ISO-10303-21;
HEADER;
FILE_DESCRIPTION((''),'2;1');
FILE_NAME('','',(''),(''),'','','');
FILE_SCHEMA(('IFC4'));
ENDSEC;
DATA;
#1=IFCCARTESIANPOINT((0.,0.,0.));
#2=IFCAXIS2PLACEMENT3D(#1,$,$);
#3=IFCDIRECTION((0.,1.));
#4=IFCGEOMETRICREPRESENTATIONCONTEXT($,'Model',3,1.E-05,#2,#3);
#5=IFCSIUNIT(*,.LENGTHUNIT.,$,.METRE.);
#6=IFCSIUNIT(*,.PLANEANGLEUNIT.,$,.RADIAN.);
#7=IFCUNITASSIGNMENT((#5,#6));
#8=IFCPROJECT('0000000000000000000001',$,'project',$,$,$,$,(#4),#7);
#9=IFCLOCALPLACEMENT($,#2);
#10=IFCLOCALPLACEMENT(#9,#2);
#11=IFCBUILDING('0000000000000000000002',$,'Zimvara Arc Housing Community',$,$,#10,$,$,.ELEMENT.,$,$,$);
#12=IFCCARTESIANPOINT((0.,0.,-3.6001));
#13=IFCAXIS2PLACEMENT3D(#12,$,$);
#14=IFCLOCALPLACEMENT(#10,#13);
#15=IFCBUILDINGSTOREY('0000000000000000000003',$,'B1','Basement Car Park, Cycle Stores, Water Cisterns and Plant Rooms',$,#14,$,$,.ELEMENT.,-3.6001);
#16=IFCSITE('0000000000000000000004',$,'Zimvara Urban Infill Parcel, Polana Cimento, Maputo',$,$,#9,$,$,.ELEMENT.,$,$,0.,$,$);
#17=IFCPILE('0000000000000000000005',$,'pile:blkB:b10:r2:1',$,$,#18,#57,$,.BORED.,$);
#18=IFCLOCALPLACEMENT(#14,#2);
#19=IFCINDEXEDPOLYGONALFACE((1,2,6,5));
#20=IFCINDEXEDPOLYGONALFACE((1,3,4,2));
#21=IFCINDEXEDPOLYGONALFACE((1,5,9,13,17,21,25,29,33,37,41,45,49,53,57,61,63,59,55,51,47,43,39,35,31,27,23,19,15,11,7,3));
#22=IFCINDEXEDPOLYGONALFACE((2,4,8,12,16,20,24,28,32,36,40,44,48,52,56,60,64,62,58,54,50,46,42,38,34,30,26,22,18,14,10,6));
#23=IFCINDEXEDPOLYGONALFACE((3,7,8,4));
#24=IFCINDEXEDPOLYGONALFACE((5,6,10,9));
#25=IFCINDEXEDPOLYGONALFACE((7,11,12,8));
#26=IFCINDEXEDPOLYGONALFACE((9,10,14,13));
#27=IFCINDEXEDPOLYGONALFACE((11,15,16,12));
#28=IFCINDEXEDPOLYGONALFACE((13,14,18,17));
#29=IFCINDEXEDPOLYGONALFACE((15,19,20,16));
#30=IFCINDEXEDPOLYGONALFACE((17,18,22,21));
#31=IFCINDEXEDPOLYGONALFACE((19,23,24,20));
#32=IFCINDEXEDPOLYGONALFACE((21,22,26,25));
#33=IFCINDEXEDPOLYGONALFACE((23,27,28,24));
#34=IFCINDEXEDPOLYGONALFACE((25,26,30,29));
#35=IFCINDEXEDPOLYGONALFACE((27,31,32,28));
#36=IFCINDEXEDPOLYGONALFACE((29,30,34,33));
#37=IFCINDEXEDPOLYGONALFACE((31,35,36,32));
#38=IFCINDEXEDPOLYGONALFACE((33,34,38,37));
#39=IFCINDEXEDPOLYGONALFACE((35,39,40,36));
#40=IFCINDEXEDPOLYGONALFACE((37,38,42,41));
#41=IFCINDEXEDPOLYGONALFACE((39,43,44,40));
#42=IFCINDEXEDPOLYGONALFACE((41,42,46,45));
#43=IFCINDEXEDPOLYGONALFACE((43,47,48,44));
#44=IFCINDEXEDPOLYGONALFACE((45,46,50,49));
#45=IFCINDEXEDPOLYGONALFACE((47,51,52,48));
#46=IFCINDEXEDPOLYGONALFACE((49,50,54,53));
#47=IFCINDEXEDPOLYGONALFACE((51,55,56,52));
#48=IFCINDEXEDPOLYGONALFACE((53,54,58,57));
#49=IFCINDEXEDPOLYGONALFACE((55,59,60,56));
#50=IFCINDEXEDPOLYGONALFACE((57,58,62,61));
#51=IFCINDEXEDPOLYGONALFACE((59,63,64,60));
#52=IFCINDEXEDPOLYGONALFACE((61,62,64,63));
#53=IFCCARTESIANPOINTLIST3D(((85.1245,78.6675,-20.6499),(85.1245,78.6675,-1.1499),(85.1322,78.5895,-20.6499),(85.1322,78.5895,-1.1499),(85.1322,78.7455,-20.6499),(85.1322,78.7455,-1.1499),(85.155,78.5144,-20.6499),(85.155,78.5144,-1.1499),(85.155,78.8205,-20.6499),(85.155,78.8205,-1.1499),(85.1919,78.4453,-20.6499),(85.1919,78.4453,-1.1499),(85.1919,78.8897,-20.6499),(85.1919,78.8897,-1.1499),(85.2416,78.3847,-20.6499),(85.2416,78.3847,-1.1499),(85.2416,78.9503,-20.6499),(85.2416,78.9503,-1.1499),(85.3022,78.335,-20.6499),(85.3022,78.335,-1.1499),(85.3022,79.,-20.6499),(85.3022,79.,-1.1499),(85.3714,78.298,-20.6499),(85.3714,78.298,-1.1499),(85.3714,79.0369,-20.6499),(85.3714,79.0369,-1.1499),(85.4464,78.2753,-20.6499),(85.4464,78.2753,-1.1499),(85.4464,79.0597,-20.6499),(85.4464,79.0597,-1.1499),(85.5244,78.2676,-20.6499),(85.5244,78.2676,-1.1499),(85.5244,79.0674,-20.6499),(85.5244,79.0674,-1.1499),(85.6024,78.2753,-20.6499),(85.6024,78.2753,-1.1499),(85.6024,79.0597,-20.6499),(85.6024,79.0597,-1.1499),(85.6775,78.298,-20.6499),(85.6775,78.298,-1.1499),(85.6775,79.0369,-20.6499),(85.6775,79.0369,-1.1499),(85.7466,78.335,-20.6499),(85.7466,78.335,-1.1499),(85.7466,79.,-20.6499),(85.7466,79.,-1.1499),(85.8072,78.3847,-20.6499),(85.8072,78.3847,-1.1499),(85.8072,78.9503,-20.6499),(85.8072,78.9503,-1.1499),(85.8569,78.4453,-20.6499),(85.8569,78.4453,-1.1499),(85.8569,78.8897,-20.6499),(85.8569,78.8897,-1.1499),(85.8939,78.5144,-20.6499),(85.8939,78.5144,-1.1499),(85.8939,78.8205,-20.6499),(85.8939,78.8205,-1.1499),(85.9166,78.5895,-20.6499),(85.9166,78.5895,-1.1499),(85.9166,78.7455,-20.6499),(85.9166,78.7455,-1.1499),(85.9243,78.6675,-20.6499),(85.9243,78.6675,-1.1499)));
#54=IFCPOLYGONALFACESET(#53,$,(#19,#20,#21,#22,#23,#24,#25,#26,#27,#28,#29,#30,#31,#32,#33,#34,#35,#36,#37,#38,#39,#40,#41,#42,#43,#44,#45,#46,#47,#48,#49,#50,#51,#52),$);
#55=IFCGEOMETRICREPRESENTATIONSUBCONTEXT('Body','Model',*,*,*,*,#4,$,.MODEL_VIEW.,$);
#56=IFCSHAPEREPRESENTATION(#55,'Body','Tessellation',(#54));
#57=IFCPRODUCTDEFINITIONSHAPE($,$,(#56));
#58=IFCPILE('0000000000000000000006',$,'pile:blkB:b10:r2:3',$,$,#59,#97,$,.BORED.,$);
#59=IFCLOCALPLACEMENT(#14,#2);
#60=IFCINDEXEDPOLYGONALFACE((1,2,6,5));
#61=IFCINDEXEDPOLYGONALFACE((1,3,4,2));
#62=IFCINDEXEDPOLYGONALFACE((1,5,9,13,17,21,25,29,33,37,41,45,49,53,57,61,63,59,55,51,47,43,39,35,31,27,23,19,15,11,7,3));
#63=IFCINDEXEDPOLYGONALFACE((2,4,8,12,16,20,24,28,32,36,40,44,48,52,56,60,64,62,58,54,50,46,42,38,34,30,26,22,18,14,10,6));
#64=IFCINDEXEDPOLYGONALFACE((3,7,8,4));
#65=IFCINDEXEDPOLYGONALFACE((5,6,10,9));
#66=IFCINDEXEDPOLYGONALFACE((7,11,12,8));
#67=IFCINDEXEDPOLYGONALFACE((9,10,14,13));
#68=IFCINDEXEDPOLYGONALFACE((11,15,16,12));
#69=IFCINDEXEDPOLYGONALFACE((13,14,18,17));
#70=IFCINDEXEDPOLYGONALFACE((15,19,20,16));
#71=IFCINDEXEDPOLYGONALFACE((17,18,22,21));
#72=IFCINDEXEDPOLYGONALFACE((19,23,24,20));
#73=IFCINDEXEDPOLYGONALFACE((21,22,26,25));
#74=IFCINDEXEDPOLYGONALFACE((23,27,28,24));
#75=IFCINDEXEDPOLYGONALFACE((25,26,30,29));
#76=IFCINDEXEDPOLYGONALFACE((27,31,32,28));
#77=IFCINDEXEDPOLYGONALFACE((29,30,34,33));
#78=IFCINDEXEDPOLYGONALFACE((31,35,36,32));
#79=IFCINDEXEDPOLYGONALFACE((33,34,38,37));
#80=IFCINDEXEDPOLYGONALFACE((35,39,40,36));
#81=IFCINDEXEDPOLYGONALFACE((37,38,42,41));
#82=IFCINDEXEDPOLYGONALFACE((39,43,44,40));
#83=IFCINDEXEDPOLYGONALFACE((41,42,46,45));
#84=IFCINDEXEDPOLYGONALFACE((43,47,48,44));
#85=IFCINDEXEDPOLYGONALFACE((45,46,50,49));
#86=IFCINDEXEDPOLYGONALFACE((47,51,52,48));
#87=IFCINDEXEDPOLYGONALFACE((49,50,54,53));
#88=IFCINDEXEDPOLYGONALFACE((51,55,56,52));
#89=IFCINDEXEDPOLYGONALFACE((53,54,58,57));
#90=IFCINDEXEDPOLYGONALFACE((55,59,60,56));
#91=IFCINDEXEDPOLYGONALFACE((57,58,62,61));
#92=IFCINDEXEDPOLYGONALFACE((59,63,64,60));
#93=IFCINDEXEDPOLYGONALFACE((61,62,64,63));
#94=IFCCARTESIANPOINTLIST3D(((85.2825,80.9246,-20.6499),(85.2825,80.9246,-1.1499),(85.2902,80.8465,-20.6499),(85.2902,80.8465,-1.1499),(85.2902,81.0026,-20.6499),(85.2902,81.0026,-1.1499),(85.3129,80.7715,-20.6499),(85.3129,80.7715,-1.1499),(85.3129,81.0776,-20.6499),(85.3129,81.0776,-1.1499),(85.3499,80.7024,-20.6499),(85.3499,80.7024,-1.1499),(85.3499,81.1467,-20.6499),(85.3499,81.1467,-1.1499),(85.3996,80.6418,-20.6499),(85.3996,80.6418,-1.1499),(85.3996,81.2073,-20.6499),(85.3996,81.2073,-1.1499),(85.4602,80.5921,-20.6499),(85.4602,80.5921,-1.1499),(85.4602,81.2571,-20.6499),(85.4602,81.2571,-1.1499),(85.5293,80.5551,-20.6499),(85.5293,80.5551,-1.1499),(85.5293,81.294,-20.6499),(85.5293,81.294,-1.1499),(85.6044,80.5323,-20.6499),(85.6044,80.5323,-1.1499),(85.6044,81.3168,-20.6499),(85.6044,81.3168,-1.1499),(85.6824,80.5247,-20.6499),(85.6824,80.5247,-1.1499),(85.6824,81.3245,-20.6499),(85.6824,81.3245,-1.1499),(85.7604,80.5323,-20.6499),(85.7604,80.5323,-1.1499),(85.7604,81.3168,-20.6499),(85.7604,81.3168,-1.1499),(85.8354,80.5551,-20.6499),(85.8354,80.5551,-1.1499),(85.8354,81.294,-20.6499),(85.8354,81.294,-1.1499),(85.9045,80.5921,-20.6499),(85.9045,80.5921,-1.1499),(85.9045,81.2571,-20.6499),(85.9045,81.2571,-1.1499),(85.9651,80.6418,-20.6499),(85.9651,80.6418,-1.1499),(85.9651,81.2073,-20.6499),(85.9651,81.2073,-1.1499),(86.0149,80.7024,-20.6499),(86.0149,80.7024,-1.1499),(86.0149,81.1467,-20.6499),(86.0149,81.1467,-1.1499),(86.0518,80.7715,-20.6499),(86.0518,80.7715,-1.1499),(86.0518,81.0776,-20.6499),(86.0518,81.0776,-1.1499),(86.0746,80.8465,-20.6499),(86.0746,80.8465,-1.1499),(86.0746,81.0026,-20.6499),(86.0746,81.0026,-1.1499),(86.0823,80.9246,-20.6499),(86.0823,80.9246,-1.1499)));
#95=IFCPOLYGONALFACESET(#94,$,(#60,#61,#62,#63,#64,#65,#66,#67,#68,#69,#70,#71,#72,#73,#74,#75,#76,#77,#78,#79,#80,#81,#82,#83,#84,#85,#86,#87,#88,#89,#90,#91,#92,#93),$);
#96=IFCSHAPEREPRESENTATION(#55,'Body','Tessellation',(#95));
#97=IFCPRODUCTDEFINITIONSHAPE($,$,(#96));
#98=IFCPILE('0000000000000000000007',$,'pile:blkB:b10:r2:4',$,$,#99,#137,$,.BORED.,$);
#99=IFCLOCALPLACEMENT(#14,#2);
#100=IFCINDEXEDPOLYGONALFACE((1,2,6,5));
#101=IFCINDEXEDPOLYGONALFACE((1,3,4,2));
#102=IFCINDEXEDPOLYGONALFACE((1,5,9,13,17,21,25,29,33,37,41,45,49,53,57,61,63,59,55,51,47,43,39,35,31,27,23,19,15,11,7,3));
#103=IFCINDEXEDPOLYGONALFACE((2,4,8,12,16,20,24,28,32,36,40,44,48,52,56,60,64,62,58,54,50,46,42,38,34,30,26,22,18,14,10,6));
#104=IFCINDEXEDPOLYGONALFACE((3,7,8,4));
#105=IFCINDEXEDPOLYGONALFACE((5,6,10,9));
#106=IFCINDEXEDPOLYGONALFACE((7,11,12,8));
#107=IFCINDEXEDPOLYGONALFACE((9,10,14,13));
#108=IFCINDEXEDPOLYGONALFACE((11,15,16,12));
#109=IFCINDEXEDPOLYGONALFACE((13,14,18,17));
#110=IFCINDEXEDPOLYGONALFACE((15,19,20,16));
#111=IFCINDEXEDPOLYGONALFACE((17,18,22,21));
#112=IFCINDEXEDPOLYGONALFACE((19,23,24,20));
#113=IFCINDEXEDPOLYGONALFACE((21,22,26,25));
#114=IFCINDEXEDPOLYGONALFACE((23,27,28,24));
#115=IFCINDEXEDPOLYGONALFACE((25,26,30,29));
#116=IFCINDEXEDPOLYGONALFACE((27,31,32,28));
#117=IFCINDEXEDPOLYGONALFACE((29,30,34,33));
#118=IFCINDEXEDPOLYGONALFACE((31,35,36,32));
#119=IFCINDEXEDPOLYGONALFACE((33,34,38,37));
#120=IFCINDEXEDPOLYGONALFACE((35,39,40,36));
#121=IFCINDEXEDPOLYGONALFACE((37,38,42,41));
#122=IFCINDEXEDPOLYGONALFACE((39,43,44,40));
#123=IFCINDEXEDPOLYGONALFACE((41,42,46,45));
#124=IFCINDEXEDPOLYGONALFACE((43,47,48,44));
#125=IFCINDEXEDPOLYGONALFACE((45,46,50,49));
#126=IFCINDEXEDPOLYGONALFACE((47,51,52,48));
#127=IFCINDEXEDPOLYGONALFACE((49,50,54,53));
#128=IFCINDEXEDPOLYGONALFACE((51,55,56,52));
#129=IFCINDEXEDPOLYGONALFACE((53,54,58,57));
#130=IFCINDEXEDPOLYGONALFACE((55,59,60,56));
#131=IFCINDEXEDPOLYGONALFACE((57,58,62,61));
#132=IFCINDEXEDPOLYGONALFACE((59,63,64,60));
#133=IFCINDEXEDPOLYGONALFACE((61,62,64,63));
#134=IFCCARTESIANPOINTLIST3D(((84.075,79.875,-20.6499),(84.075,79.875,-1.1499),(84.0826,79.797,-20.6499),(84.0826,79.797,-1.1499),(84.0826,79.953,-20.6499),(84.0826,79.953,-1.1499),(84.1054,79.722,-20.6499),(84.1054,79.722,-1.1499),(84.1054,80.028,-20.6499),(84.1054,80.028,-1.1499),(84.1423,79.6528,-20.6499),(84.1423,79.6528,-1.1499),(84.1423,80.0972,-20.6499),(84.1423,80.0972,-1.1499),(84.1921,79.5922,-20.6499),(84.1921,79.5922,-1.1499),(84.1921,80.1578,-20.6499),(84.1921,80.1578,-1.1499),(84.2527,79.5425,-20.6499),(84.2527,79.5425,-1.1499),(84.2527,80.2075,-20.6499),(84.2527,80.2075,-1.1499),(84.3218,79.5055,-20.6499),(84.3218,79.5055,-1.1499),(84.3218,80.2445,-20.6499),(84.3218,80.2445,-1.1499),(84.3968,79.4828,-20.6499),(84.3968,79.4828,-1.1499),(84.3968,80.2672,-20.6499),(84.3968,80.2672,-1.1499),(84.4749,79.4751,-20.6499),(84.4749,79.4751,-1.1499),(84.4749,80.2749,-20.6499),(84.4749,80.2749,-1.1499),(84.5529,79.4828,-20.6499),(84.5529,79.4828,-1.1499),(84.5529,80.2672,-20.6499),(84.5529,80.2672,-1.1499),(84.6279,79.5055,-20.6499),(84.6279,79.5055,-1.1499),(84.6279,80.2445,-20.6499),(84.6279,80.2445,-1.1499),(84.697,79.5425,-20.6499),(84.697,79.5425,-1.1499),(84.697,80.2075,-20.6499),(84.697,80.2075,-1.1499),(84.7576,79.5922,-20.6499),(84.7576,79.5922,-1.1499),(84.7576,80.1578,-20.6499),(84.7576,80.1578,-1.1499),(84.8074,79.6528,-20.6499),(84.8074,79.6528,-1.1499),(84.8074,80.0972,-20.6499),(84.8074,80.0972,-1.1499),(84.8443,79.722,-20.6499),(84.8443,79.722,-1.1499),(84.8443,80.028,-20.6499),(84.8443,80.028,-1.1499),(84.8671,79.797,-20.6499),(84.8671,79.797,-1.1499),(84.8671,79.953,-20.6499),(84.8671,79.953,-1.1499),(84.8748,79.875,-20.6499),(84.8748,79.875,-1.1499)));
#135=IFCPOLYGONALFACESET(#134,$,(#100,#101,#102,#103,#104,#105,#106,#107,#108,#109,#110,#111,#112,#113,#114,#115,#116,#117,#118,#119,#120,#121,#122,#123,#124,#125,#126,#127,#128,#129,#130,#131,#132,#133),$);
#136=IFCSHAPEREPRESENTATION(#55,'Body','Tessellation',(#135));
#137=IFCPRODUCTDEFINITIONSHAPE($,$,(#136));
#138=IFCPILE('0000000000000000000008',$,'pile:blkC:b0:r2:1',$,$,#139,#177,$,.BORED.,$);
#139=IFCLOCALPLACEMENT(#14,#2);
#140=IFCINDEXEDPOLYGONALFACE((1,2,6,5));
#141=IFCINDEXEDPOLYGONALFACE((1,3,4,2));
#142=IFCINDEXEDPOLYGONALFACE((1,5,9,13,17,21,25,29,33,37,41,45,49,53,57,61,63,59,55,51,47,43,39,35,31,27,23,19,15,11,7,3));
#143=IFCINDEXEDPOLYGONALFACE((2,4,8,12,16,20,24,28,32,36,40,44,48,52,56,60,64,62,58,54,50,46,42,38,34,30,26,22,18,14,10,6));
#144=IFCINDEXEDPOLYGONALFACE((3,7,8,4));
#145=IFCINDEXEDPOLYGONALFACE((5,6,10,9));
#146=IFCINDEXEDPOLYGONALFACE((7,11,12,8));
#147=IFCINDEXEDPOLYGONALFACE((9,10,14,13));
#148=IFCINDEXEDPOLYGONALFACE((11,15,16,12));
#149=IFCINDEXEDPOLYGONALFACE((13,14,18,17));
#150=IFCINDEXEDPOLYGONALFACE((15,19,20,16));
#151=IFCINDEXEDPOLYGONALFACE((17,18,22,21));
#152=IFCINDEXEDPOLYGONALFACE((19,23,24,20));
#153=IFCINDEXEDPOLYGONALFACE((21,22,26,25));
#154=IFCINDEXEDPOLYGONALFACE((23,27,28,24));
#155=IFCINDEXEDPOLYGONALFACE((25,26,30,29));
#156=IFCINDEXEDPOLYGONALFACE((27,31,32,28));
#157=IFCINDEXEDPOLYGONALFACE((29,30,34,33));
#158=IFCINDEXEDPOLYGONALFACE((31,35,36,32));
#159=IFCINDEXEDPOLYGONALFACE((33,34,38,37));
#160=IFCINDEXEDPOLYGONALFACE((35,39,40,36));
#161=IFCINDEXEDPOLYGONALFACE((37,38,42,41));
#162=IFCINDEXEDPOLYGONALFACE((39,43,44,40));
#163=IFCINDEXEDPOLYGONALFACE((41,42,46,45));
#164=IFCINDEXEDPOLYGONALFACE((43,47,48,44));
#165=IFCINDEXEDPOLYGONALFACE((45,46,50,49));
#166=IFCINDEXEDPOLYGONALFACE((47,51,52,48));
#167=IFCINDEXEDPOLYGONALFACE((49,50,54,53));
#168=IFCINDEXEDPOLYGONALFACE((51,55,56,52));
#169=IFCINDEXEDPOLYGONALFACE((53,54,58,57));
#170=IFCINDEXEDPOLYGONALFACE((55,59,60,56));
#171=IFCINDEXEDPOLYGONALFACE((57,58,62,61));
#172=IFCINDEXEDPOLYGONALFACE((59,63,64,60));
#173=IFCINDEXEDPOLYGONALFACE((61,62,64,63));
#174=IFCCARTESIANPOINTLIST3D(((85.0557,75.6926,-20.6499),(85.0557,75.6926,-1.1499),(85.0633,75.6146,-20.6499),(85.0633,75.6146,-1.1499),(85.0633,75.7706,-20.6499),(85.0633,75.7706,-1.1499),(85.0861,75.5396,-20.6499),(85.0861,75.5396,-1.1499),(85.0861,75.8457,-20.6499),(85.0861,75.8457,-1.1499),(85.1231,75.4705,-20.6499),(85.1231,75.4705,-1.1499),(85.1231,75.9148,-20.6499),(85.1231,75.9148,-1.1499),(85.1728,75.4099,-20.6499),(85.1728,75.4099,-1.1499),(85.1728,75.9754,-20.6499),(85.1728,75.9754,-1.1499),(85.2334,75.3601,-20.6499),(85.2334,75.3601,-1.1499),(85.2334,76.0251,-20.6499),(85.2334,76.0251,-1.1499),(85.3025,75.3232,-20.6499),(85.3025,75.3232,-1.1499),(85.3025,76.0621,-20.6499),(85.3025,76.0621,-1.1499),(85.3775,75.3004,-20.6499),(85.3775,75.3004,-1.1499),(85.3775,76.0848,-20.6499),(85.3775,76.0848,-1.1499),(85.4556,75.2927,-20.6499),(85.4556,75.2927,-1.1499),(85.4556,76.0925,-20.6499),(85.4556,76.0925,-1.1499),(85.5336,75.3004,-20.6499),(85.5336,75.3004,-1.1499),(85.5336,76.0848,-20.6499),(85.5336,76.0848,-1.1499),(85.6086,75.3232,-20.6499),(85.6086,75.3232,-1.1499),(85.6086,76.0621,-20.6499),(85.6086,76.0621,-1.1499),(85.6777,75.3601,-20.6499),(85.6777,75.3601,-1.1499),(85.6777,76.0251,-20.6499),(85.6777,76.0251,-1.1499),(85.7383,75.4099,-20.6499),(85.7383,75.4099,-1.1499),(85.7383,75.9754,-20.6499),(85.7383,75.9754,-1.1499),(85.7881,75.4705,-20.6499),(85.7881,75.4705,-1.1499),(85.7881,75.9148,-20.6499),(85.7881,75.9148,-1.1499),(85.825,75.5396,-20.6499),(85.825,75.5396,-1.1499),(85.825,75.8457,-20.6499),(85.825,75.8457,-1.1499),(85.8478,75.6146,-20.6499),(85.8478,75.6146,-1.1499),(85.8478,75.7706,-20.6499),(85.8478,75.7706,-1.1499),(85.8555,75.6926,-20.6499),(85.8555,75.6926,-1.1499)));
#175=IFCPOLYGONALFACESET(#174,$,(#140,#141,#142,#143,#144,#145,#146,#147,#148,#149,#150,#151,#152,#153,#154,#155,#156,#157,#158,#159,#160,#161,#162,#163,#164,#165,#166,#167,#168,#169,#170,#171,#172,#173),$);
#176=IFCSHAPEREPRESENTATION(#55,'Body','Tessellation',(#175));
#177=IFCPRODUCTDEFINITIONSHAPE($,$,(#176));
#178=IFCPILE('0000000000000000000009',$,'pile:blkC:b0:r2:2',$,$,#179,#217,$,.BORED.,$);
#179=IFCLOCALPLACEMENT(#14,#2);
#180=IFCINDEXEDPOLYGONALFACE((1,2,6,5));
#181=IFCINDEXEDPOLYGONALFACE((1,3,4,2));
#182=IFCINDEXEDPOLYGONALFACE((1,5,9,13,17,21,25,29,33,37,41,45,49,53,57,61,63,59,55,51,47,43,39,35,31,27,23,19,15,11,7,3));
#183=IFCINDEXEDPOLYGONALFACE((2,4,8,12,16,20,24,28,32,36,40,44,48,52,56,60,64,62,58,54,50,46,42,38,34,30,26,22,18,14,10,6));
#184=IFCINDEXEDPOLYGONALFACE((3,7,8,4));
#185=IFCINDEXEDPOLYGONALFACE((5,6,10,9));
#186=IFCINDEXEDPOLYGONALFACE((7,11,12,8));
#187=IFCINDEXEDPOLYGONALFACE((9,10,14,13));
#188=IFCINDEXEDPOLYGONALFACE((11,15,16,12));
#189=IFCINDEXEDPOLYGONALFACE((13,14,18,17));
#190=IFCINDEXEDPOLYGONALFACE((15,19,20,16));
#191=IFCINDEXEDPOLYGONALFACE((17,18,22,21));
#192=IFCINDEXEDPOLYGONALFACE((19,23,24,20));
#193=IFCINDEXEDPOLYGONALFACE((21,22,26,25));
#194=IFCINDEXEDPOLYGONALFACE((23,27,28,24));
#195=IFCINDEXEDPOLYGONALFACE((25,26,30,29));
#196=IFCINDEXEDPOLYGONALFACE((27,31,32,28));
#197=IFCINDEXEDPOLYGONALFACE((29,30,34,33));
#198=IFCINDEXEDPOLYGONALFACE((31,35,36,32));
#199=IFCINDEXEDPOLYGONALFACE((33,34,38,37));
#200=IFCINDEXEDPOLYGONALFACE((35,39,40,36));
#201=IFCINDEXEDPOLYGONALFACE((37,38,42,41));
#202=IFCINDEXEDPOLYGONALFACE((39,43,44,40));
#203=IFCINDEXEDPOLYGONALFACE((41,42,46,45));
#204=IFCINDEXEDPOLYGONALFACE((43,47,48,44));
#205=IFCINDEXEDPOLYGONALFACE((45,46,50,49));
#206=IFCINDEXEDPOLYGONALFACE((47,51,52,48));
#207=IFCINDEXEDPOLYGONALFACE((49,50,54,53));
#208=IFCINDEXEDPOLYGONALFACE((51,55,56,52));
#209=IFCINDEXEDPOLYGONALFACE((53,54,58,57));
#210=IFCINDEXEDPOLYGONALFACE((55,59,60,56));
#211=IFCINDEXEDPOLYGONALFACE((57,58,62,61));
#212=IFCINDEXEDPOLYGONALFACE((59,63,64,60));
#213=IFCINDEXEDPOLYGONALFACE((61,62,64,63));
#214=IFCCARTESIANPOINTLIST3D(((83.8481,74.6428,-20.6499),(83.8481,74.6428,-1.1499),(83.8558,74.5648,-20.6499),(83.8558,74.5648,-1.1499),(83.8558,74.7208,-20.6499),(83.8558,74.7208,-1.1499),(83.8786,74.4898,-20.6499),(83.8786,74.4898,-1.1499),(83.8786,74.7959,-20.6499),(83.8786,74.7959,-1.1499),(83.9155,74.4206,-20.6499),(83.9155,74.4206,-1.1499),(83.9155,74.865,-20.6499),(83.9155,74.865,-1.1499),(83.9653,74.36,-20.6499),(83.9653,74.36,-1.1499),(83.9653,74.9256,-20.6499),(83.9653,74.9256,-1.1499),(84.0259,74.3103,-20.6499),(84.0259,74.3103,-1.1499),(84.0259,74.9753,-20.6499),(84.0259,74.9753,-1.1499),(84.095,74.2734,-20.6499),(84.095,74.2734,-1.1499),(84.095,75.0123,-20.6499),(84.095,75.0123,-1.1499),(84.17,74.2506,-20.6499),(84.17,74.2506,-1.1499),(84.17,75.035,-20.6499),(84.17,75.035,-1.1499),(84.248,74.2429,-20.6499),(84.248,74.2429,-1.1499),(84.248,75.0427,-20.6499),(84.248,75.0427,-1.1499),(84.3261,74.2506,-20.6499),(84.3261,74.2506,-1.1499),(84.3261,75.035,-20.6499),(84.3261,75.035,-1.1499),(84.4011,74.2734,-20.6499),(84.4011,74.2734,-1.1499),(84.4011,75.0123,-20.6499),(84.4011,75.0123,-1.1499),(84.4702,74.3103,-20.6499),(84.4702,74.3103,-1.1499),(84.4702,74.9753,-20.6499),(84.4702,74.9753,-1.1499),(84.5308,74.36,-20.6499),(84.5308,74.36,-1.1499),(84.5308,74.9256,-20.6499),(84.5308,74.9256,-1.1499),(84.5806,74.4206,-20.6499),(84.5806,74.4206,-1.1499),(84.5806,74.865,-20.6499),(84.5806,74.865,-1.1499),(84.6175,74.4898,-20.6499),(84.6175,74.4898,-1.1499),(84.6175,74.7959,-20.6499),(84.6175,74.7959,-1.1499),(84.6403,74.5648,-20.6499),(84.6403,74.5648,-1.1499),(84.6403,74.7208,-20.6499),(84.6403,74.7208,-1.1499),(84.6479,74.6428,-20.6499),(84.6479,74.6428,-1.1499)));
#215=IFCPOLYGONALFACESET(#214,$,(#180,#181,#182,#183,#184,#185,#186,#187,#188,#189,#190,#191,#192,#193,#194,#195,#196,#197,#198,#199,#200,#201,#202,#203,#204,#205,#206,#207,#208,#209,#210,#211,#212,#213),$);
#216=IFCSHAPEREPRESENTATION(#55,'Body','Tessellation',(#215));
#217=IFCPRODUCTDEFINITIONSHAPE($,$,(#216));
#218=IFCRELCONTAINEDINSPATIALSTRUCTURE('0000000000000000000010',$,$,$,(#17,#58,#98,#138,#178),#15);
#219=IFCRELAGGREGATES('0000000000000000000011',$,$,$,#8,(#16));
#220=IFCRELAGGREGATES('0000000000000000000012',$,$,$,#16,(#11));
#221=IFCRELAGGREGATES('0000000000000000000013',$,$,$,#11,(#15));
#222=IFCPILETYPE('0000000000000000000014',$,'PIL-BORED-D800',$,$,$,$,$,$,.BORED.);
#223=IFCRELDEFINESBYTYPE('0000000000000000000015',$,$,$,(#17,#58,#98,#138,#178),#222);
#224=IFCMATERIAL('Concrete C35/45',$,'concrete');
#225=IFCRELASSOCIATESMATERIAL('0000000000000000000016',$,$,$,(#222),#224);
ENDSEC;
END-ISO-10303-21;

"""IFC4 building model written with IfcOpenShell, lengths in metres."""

from ifc_helpers import new_model, si_unit, direction, frame, origin, origin_2d, place, context, subcontext, project, spatial, circle, extrude, material, material_profile, profile_set, type_object, element, save


model = new_model("IFC4")

# Units and contexts
model_context = context("Model", 3, precision=1e-05, world=origin(), true_north=direction((0.0, 1.0)))
body_context = subcontext(model_context, "Body", "Model", "MODEL_VIEW")
ifc_project = project(units=[si_unit("LENGTHUNIT", "METRE"), si_unit("PLANEANGLEUNIT", "RADIAN")], contexts=[model_context])

# Site, building, storey
site_placement = place(None, origin())
site = spatial("IfcSite", under=ifc_project, at=site_placement, Name="Zimvara Urban Infill Parcel, Polana Cimento, Maputo", CompositionType="ELEMENT", RefElevation=0.0)
building_placement = place(site_placement, origin())
building = spatial("IfcBuilding", under=site, at=building_placement, Name="Zimvara Arc Housing Community", CompositionType="ELEMENT")
storey_placement = place(building_placement, frame((0.0, 0.0, -3.6001)))
storey = spatial("IfcBuildingStorey", under=building, at=storey_placement, Name="B1", Description="Basement Car Park, Cycle Stores, Water Cisterns and Plant Rooms", CompositionType="ELEMENT", Elevation=-3.6001)

# Piles
ifc_material_1 = material(Name="Concrete C35/45", Category="concrete")
ifc_material_profile_1 = material_profile(ifc_material_1, circle(Radius=0.3999, at=origin_2d()), Name="PILE D800")
ifc_profile_set_1 = profile_set([ifc_material_profile_1], Name="Concrete C35/45")
pile_type = type_object("IfcPileType", Name="PIL-BORED-D800", PredefinedType="BORED", material=ifc_profile_set_1)
for number, where, z_axis, x_axis, name in (
    (1, (85.5244, 78.6675, -1.1499), (0.0, 0.0, -1.0), (1.0, 0.0, 0.0), "pile:blkB:b10:r2:1"),
    (2, (85.6824, 80.9246, -1.1499), (0.0, 0.0, -1.0), (1.0, 0.0, 0.0), "pile:blkB:b10:r2:3"),
    (3, (84.4749, 79.875, -1.1499), (0.0, 0.0, -1.0), (1.0, 0.0, 0.0), "pile:blkB:b10:r2:4"),
    (4, (85.4556, 75.6926, -1.1499), (0.0, 0.0, -1.0), (1.0, 0.0, 0.0), "pile:blkC:b0:r2:1"),
    (5, (84.248, 74.6428, -1.1499), (0.0, 0.0, -1.0), (1.0, 0.0, 0.0), "pile:blkC:b0:r2:2"),
):
    element("IfcPile", number, at=place(storey_placement, frame(where, z_axis=z_axis, x_axis=x_axis)), inside=storey, type_object=pile_type, Name=name, PredefinedType="BORED", context=body_context, shape_type="SweptSolid", body=[
        extrude(circle(Radius=0.3999, at=origin_2d()), origin(), (0.0, 0.0, 1.0), 19.5),
    ])

save(model, "model.ifc")
